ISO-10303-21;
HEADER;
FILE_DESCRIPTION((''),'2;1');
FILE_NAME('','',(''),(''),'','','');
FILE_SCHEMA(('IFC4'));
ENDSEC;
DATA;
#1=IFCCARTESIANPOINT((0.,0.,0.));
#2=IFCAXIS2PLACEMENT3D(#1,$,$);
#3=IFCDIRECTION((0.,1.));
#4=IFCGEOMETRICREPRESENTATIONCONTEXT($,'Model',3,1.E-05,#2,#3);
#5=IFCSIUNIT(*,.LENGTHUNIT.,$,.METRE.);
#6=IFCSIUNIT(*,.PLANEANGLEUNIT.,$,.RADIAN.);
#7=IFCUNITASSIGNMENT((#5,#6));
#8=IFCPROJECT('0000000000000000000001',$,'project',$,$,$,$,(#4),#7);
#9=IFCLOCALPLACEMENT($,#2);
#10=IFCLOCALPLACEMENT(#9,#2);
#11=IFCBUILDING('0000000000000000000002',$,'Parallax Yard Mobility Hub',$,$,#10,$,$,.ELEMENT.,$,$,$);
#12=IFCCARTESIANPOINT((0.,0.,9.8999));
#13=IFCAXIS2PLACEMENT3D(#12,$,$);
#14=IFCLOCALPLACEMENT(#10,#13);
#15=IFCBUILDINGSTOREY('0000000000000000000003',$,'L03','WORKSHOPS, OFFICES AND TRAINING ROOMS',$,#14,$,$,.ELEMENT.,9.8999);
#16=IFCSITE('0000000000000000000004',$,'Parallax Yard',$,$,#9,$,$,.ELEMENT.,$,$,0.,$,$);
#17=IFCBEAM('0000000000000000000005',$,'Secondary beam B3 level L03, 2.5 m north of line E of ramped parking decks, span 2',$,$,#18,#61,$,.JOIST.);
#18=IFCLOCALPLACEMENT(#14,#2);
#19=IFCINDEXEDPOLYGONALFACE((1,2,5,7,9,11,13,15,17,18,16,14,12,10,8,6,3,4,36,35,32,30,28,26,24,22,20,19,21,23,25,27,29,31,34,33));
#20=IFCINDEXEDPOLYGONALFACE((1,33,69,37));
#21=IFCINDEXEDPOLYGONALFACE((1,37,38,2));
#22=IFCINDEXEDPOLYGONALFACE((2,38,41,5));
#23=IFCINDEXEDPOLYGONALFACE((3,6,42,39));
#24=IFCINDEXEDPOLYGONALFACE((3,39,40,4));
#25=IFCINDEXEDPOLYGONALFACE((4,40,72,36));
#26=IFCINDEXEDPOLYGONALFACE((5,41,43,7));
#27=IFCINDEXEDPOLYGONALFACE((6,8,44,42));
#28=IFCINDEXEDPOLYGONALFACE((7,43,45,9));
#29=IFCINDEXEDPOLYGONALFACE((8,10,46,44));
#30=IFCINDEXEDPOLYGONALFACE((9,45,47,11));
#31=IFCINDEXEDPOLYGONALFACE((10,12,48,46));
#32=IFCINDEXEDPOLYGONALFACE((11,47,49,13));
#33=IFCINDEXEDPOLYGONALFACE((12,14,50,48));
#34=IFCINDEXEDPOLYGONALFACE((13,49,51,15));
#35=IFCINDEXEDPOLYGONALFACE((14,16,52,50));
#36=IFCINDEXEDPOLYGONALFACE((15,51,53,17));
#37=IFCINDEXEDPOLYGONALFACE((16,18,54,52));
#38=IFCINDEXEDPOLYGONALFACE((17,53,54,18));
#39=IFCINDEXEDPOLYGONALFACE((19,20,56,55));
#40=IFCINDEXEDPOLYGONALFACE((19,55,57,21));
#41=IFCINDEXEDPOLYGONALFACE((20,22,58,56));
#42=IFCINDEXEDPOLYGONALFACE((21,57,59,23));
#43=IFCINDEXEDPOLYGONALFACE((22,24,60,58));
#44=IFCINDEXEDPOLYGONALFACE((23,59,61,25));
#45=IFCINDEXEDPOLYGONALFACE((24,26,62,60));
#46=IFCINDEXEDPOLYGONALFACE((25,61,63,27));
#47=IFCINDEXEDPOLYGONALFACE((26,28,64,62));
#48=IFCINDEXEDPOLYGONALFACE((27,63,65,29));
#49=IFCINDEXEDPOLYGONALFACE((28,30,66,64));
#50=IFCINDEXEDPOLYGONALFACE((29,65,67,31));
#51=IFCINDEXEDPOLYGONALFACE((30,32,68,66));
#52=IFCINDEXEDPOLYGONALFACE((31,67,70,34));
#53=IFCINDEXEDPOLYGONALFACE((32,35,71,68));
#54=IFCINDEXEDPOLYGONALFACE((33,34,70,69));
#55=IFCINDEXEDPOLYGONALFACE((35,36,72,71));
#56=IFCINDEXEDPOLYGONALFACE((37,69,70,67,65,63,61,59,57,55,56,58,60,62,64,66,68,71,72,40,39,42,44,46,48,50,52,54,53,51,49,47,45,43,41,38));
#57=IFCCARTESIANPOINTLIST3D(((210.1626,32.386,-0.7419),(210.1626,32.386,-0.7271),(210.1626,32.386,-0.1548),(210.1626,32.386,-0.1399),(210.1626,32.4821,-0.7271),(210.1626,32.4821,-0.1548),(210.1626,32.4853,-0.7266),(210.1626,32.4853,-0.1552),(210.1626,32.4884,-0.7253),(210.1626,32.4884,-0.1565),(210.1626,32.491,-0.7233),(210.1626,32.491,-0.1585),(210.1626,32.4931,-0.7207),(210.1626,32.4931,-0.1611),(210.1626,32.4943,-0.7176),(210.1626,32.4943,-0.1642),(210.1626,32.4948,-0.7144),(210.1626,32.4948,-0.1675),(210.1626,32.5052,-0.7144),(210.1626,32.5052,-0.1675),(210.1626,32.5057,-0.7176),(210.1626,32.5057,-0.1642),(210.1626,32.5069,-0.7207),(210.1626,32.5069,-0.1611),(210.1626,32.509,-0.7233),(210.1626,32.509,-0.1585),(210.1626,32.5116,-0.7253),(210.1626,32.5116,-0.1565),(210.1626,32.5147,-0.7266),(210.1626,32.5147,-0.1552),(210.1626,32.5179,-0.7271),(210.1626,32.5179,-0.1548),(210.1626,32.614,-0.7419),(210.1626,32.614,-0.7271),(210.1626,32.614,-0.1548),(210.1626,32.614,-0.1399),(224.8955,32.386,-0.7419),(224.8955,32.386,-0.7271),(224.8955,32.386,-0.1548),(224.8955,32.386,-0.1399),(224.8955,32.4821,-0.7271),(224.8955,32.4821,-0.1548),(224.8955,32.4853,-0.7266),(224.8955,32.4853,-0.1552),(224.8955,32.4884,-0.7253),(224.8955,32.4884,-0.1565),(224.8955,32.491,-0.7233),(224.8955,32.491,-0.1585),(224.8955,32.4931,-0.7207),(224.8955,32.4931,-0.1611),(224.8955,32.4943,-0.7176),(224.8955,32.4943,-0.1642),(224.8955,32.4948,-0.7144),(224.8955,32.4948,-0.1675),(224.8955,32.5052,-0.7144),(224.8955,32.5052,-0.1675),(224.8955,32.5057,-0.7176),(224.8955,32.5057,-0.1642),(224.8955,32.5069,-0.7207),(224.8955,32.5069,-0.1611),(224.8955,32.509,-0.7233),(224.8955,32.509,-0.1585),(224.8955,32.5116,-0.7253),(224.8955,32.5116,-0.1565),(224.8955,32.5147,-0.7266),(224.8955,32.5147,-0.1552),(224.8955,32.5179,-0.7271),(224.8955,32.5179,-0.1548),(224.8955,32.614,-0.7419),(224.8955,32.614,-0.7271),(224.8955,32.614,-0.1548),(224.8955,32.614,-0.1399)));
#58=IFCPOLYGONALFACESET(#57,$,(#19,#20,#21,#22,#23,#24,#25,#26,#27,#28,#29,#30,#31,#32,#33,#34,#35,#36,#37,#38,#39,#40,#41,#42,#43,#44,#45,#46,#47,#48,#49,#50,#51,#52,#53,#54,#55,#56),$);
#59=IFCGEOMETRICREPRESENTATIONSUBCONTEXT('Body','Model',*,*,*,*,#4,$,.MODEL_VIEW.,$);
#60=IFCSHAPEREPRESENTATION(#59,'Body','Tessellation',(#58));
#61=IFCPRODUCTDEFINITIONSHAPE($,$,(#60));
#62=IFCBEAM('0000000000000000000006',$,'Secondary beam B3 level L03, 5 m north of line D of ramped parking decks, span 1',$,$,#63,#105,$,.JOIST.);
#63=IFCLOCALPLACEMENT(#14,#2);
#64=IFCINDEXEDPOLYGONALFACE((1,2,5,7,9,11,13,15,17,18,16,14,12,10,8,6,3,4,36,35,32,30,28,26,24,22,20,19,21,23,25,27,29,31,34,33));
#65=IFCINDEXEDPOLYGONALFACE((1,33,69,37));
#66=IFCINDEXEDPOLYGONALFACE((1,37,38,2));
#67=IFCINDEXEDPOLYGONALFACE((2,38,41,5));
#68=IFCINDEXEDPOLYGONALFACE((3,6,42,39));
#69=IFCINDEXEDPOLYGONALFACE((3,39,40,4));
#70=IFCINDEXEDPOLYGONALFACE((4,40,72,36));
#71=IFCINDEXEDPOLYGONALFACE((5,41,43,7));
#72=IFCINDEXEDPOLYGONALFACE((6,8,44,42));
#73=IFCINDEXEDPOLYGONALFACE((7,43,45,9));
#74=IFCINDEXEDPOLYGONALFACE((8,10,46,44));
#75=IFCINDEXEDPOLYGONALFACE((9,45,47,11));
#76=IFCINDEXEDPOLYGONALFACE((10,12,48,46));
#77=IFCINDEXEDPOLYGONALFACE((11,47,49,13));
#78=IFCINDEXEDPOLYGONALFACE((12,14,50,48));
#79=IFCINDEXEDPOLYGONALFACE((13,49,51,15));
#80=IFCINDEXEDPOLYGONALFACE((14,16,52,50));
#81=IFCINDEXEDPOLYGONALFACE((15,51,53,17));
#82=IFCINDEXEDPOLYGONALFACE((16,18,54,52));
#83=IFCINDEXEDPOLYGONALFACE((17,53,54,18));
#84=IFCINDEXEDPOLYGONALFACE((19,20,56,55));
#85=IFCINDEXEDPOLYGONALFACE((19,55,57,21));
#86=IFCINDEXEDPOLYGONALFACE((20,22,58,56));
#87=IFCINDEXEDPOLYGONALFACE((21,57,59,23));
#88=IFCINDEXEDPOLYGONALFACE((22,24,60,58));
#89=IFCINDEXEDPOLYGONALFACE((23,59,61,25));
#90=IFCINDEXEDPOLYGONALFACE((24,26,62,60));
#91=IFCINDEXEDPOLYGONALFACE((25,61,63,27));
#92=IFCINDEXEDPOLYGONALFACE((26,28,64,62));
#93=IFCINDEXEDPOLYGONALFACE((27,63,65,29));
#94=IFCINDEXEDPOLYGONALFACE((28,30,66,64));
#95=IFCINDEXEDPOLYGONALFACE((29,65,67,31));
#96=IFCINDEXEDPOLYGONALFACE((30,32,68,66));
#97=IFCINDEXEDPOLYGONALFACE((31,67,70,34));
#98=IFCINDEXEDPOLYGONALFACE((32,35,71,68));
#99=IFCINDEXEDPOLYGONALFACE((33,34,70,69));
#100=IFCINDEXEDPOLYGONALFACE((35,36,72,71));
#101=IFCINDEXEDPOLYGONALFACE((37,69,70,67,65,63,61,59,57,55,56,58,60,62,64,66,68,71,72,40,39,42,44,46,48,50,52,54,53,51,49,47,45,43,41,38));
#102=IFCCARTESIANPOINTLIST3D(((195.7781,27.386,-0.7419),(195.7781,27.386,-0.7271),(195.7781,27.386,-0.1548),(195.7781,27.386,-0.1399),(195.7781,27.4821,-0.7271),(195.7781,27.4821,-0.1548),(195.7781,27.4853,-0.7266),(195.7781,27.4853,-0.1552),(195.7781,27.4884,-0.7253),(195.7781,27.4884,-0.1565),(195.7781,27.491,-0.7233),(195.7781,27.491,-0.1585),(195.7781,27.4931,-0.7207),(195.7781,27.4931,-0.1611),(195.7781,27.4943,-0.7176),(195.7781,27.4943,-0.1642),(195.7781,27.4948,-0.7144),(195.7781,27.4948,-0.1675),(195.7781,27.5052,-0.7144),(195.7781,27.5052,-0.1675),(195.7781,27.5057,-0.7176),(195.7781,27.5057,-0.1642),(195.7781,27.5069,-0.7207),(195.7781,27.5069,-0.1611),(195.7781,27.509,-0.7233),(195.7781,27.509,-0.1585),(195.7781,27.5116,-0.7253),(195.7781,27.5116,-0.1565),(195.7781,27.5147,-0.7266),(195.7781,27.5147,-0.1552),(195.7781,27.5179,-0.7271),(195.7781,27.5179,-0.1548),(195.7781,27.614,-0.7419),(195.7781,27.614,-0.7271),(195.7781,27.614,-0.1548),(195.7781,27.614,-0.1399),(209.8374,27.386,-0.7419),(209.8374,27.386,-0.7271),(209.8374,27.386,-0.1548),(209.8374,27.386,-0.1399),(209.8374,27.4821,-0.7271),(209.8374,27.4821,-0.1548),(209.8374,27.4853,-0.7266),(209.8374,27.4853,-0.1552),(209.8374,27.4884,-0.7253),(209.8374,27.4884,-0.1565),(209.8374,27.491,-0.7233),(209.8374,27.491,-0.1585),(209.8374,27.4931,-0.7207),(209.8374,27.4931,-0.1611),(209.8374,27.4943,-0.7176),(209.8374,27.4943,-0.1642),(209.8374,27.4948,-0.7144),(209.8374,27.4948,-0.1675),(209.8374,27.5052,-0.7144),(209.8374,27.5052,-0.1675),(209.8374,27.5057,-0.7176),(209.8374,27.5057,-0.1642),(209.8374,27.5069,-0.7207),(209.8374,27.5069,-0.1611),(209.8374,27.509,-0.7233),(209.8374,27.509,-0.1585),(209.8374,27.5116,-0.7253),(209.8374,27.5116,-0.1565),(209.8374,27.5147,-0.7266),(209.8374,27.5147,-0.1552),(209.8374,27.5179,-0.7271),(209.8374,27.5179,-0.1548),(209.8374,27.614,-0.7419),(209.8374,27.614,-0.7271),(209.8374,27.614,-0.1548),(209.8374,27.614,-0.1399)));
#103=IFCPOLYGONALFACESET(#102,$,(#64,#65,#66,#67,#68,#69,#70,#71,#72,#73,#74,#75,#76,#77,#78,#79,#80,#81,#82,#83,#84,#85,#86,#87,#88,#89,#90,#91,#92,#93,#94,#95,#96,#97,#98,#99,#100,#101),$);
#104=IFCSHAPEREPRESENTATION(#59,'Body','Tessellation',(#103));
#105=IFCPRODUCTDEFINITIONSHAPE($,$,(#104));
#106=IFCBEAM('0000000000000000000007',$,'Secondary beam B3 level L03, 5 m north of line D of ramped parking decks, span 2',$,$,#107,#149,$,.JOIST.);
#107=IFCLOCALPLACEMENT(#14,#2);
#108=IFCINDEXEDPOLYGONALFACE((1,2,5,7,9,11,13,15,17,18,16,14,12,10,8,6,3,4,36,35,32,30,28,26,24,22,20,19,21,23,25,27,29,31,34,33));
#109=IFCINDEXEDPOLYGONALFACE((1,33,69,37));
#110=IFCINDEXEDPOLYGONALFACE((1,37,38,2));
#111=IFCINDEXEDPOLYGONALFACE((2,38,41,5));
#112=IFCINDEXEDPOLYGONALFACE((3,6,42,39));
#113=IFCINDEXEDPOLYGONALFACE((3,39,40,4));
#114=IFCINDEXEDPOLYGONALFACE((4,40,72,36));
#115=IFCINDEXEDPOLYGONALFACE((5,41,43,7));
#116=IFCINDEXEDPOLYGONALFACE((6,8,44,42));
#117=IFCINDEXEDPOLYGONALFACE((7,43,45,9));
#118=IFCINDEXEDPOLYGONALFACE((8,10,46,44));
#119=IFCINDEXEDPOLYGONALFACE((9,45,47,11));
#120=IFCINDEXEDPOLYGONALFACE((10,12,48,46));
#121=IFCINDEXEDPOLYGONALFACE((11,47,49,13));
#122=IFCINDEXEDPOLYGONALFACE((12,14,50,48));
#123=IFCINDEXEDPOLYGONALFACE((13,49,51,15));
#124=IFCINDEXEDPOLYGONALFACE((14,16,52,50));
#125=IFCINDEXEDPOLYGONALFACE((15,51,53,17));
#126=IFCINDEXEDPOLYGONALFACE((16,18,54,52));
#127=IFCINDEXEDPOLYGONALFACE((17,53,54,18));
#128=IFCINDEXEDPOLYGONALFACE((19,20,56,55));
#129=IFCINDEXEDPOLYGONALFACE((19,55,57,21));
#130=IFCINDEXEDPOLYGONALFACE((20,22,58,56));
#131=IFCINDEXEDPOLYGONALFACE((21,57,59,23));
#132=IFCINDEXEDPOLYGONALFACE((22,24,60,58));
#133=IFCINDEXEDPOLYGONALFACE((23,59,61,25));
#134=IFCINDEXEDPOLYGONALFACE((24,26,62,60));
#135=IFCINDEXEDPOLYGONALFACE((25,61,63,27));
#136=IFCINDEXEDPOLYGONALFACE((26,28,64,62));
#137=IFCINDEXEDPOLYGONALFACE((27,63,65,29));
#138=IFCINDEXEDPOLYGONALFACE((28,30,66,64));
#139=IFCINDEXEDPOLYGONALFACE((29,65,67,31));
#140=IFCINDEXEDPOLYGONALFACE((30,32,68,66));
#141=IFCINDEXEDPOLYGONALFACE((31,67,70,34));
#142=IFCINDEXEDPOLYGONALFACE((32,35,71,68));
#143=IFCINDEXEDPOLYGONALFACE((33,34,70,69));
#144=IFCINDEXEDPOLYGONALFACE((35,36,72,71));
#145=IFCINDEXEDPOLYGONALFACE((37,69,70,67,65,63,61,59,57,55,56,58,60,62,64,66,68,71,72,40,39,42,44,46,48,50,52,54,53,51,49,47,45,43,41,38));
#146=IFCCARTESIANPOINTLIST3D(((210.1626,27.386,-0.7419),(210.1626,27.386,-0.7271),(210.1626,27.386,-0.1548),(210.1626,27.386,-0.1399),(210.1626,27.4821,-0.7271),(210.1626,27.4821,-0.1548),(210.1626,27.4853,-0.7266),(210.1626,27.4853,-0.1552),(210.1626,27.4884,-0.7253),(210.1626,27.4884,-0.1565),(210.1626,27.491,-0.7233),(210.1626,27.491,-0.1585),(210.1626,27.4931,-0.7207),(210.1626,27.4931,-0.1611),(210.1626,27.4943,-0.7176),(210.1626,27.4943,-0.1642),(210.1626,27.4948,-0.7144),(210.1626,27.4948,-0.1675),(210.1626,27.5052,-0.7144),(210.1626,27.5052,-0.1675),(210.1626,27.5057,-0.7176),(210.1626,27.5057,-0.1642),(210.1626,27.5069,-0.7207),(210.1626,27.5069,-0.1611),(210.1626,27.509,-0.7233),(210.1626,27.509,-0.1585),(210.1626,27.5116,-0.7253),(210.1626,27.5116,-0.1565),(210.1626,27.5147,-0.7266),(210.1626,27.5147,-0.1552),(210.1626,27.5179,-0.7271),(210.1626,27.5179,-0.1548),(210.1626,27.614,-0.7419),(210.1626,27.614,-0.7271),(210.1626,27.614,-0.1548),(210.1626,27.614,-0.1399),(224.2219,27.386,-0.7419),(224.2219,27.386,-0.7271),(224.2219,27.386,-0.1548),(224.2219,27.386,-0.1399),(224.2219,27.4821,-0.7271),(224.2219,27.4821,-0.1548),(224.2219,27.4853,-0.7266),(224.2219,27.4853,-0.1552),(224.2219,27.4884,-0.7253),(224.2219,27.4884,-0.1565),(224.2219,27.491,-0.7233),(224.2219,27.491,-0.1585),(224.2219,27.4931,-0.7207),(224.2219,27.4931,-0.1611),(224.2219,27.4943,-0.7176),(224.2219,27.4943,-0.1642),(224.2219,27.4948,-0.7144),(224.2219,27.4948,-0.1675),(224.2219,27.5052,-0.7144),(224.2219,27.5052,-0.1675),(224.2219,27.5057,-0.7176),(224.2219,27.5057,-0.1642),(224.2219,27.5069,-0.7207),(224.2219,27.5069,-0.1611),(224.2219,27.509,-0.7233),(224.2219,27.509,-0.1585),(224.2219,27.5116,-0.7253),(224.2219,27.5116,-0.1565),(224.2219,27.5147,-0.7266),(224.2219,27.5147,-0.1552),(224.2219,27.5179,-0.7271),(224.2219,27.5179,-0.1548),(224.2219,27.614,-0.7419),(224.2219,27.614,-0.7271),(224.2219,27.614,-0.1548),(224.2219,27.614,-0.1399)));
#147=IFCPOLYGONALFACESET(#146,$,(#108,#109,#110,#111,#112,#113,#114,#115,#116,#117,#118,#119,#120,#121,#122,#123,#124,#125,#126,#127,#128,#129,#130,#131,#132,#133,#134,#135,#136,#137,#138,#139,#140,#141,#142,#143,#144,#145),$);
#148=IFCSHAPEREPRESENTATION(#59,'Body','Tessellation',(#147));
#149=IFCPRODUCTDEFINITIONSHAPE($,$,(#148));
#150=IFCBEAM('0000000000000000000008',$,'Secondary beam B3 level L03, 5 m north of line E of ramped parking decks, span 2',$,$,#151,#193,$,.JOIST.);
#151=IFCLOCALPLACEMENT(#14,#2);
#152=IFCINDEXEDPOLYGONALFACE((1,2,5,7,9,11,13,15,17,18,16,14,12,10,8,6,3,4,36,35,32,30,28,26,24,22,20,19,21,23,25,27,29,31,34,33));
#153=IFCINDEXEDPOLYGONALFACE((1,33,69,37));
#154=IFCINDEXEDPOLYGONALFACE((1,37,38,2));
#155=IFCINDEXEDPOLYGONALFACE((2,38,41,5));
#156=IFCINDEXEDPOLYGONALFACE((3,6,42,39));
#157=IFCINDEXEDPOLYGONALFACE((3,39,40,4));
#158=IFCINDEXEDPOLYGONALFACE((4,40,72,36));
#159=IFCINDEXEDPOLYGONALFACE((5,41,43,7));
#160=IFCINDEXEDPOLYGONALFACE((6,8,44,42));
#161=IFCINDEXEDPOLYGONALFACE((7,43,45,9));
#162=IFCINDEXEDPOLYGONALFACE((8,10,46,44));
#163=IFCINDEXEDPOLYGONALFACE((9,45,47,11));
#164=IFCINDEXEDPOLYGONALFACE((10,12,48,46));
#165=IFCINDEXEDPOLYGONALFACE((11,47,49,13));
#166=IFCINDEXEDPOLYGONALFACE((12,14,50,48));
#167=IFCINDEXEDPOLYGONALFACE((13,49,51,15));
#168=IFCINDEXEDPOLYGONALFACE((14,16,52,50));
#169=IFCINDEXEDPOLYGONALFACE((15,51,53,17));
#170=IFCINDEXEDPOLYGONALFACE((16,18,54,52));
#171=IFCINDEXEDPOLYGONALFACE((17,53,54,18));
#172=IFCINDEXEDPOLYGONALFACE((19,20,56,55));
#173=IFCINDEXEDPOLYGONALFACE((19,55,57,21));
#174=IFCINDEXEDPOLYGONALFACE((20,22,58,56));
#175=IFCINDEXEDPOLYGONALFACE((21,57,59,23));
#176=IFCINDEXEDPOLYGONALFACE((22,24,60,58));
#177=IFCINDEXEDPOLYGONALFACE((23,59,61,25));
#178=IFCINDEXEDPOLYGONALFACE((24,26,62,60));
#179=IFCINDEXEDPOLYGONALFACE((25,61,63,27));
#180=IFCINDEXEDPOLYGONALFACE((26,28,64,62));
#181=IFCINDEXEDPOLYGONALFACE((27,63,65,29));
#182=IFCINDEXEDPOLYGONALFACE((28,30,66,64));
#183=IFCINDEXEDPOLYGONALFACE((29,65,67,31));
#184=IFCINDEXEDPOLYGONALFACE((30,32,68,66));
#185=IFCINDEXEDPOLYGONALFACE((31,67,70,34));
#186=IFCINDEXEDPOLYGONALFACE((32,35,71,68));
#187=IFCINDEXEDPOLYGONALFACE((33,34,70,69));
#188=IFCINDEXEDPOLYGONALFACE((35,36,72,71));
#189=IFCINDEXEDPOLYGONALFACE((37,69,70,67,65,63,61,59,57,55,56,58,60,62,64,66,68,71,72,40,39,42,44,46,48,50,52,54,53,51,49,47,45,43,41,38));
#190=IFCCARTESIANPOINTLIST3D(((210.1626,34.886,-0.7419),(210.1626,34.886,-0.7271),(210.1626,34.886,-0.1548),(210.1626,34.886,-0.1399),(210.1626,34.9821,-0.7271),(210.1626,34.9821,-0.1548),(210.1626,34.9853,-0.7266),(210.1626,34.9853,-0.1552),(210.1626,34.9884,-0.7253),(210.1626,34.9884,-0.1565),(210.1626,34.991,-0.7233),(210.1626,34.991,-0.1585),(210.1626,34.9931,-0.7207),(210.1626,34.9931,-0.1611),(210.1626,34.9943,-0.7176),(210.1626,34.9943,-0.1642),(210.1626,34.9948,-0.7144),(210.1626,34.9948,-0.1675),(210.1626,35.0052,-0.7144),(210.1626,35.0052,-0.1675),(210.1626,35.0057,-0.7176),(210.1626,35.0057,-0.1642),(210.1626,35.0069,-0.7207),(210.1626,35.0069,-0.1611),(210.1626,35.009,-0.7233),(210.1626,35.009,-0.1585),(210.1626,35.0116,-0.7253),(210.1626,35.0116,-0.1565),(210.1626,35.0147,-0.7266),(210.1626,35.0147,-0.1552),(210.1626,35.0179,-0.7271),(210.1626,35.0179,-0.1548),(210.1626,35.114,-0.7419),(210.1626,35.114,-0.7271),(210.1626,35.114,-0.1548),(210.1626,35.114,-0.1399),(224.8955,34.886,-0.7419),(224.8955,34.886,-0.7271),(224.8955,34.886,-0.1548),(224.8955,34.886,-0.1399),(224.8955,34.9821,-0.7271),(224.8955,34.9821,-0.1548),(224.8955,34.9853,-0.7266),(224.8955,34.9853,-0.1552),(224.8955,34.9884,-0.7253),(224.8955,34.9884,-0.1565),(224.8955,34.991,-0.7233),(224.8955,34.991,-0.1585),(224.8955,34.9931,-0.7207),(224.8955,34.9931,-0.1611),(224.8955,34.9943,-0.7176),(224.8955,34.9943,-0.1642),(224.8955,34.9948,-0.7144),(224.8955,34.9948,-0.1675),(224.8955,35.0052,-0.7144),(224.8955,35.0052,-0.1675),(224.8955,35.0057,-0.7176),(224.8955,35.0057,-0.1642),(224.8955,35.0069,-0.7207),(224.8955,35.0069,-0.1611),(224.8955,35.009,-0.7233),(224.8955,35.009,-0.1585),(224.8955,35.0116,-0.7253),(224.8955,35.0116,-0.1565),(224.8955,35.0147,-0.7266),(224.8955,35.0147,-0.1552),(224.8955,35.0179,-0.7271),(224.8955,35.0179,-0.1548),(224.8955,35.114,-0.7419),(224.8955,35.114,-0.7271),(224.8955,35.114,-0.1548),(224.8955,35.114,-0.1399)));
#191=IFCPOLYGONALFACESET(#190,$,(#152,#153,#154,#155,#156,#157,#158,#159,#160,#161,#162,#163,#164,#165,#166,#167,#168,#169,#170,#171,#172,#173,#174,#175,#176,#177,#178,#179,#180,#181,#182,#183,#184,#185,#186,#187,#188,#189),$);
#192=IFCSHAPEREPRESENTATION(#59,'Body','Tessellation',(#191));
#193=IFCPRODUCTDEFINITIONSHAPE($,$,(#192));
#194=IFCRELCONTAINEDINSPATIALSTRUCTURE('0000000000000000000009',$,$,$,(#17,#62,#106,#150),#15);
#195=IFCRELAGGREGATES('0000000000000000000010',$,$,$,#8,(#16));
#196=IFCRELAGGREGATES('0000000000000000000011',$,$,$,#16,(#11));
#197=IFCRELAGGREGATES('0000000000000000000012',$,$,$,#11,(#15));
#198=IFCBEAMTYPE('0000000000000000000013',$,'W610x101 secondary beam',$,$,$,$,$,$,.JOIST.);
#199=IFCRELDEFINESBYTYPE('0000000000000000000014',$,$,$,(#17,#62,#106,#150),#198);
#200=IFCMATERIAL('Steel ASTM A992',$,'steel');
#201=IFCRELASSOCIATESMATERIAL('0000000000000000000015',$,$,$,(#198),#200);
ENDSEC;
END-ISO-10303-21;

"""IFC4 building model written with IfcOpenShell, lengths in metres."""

from ifc_helpers import new_model, si_unit, direction, frame, origin, origin_2d, place, context, subcontext, project, spatial, i_section, extrude, material, material_profile, profile_set, type_object, element, save


model = new_model("IFC4")

# Units and contexts
model_context = context("Model", 3, precision=1e-05, world=origin(), true_north=direction((0.0, 1.0)))
body_context = subcontext(model_context, "Body", "Model", "MODEL_VIEW")
ifc_project = project(units=[si_unit("LENGTHUNIT", "METRE"), si_unit("PLANEANGLEUNIT", "RADIAN")], contexts=[model_context])

# Site, building, storey
site_placement = place(None, origin())
site = spatial("IfcSite", under=ifc_project, at=site_placement, Name="Parallax Yard", CompositionType="ELEMENT", RefElevation=0.0)
building_placement = place(site_placement, origin())
building = spatial("IfcBuilding", under=site, at=building_placement, Name="Parallax Yard Mobility Hub", CompositionType="ELEMENT")
storey_placement = place(building_placement, frame((0.0, 0.0, 9.8999)))
storey = spatial("IfcBuildingStorey", under=building, at=storey_placement, Name="L03", Description="WORKSHOPS, OFFICES AND TRAINING ROOMS", CompositionType="ELEMENT", Elevation=9.8999)

# Shared definitions
ifc_material_1 = material(Name="Steel ASTM A992", Category="steel")

# Beams
ifc_material_profile_1 = material_profile(ifc_material_1, i_section(OverallWidth=0.228, OverallDepth=0.6021, WebThickness=0.0105, FlangeThickness=0.0149, FilletRadius=0.0127, at=origin_2d()), Name="W610x101")
ifc_profile_set_1 = profile_set([ifc_material_profile_1], Name="Steel ASTM A992")
beam_type_1 = type_object("IfcBeamType", Name="W610x101 secondary beam", PredefinedType="JOIST", material=ifc_profile_set_1)
beam_1_placement = place(storey_placement, frame((210.1626, 32.5, -0.4409), z_axis=(1.0, 0.0, 0.0), x_axis=(0.0, 1.0, 0.0)))
element("IfcBeam", 1, at=beam_1_placement, inside=storey, type_object=beam_type_1, Name="Secondary beam B3 level L03, 2.5 m north of line E of ramped parking decks, span 2", PredefinedType="JOIST", context=body_context, shape_type="SweptSolid", body=[
    extrude(i_section(OverallWidth=0.228, OverallDepth=0.6021, WebThickness=0.0105, FlangeThickness=0.0149, FilletRadius=0.0127, at=origin_2d()), origin(), (0.0, 0.0, 1.0), 14.7329),
])
for number, where, z_axis, x_axis, name in (
    (2, (195.7781, 27.5, -0.4409), (1.0, 0.0, 0.0), (0.0, 1.0, 0.0), "Secondary beam B3 level L03, 5 m north of line D of ramped parking decks, span 1"),
    (3, (210.1626, 27.5, -0.4409), (1.0, 0.0, 0.0), (0.0, 1.0, 0.0), "Secondary beam B3 level L03, 5 m north of line D of ramped parking decks, span 2"),
):
    element("IfcBeam", number, at=place(storey_placement, frame(where, z_axis=z_axis, x_axis=x_axis)), inside=storey, type_object=beam_type_1, Name=name, PredefinedType="JOIST", context=body_context, shape_type="SweptSolid", body=[
        extrude(i_section(OverallWidth=0.228, OverallDepth=0.6021, WebThickness=0.0105, FlangeThickness=0.0149, FilletRadius=0.0127, at=origin_2d()), origin(), (0.0, 0.0, 1.0), 14.0593),
    ])
beam_2_placement = place(storey_placement, frame((210.1626, 35.0, -0.4409), z_axis=(1.0, 0.0, 0.0), x_axis=(0.0, 1.0, 0.0)))
element("IfcBeam", 4, at=beam_2_placement, inside=storey, type_object=beam_type_1, Name="Secondary beam B3 level L03, 5 m north of line E of ramped parking decks, span 2", PredefinedType="JOIST", context=body_context, shape_type="SweptSolid", body=[
    extrude(i_section(OverallWidth=0.228, OverallDepth=0.6021, WebThickness=0.0105, FlangeThickness=0.0149, FilletRadius=0.0127, at=origin_2d()), origin(), (0.0, 0.0, 1.0), 14.7329),
])

save(model, "model.ifc")
